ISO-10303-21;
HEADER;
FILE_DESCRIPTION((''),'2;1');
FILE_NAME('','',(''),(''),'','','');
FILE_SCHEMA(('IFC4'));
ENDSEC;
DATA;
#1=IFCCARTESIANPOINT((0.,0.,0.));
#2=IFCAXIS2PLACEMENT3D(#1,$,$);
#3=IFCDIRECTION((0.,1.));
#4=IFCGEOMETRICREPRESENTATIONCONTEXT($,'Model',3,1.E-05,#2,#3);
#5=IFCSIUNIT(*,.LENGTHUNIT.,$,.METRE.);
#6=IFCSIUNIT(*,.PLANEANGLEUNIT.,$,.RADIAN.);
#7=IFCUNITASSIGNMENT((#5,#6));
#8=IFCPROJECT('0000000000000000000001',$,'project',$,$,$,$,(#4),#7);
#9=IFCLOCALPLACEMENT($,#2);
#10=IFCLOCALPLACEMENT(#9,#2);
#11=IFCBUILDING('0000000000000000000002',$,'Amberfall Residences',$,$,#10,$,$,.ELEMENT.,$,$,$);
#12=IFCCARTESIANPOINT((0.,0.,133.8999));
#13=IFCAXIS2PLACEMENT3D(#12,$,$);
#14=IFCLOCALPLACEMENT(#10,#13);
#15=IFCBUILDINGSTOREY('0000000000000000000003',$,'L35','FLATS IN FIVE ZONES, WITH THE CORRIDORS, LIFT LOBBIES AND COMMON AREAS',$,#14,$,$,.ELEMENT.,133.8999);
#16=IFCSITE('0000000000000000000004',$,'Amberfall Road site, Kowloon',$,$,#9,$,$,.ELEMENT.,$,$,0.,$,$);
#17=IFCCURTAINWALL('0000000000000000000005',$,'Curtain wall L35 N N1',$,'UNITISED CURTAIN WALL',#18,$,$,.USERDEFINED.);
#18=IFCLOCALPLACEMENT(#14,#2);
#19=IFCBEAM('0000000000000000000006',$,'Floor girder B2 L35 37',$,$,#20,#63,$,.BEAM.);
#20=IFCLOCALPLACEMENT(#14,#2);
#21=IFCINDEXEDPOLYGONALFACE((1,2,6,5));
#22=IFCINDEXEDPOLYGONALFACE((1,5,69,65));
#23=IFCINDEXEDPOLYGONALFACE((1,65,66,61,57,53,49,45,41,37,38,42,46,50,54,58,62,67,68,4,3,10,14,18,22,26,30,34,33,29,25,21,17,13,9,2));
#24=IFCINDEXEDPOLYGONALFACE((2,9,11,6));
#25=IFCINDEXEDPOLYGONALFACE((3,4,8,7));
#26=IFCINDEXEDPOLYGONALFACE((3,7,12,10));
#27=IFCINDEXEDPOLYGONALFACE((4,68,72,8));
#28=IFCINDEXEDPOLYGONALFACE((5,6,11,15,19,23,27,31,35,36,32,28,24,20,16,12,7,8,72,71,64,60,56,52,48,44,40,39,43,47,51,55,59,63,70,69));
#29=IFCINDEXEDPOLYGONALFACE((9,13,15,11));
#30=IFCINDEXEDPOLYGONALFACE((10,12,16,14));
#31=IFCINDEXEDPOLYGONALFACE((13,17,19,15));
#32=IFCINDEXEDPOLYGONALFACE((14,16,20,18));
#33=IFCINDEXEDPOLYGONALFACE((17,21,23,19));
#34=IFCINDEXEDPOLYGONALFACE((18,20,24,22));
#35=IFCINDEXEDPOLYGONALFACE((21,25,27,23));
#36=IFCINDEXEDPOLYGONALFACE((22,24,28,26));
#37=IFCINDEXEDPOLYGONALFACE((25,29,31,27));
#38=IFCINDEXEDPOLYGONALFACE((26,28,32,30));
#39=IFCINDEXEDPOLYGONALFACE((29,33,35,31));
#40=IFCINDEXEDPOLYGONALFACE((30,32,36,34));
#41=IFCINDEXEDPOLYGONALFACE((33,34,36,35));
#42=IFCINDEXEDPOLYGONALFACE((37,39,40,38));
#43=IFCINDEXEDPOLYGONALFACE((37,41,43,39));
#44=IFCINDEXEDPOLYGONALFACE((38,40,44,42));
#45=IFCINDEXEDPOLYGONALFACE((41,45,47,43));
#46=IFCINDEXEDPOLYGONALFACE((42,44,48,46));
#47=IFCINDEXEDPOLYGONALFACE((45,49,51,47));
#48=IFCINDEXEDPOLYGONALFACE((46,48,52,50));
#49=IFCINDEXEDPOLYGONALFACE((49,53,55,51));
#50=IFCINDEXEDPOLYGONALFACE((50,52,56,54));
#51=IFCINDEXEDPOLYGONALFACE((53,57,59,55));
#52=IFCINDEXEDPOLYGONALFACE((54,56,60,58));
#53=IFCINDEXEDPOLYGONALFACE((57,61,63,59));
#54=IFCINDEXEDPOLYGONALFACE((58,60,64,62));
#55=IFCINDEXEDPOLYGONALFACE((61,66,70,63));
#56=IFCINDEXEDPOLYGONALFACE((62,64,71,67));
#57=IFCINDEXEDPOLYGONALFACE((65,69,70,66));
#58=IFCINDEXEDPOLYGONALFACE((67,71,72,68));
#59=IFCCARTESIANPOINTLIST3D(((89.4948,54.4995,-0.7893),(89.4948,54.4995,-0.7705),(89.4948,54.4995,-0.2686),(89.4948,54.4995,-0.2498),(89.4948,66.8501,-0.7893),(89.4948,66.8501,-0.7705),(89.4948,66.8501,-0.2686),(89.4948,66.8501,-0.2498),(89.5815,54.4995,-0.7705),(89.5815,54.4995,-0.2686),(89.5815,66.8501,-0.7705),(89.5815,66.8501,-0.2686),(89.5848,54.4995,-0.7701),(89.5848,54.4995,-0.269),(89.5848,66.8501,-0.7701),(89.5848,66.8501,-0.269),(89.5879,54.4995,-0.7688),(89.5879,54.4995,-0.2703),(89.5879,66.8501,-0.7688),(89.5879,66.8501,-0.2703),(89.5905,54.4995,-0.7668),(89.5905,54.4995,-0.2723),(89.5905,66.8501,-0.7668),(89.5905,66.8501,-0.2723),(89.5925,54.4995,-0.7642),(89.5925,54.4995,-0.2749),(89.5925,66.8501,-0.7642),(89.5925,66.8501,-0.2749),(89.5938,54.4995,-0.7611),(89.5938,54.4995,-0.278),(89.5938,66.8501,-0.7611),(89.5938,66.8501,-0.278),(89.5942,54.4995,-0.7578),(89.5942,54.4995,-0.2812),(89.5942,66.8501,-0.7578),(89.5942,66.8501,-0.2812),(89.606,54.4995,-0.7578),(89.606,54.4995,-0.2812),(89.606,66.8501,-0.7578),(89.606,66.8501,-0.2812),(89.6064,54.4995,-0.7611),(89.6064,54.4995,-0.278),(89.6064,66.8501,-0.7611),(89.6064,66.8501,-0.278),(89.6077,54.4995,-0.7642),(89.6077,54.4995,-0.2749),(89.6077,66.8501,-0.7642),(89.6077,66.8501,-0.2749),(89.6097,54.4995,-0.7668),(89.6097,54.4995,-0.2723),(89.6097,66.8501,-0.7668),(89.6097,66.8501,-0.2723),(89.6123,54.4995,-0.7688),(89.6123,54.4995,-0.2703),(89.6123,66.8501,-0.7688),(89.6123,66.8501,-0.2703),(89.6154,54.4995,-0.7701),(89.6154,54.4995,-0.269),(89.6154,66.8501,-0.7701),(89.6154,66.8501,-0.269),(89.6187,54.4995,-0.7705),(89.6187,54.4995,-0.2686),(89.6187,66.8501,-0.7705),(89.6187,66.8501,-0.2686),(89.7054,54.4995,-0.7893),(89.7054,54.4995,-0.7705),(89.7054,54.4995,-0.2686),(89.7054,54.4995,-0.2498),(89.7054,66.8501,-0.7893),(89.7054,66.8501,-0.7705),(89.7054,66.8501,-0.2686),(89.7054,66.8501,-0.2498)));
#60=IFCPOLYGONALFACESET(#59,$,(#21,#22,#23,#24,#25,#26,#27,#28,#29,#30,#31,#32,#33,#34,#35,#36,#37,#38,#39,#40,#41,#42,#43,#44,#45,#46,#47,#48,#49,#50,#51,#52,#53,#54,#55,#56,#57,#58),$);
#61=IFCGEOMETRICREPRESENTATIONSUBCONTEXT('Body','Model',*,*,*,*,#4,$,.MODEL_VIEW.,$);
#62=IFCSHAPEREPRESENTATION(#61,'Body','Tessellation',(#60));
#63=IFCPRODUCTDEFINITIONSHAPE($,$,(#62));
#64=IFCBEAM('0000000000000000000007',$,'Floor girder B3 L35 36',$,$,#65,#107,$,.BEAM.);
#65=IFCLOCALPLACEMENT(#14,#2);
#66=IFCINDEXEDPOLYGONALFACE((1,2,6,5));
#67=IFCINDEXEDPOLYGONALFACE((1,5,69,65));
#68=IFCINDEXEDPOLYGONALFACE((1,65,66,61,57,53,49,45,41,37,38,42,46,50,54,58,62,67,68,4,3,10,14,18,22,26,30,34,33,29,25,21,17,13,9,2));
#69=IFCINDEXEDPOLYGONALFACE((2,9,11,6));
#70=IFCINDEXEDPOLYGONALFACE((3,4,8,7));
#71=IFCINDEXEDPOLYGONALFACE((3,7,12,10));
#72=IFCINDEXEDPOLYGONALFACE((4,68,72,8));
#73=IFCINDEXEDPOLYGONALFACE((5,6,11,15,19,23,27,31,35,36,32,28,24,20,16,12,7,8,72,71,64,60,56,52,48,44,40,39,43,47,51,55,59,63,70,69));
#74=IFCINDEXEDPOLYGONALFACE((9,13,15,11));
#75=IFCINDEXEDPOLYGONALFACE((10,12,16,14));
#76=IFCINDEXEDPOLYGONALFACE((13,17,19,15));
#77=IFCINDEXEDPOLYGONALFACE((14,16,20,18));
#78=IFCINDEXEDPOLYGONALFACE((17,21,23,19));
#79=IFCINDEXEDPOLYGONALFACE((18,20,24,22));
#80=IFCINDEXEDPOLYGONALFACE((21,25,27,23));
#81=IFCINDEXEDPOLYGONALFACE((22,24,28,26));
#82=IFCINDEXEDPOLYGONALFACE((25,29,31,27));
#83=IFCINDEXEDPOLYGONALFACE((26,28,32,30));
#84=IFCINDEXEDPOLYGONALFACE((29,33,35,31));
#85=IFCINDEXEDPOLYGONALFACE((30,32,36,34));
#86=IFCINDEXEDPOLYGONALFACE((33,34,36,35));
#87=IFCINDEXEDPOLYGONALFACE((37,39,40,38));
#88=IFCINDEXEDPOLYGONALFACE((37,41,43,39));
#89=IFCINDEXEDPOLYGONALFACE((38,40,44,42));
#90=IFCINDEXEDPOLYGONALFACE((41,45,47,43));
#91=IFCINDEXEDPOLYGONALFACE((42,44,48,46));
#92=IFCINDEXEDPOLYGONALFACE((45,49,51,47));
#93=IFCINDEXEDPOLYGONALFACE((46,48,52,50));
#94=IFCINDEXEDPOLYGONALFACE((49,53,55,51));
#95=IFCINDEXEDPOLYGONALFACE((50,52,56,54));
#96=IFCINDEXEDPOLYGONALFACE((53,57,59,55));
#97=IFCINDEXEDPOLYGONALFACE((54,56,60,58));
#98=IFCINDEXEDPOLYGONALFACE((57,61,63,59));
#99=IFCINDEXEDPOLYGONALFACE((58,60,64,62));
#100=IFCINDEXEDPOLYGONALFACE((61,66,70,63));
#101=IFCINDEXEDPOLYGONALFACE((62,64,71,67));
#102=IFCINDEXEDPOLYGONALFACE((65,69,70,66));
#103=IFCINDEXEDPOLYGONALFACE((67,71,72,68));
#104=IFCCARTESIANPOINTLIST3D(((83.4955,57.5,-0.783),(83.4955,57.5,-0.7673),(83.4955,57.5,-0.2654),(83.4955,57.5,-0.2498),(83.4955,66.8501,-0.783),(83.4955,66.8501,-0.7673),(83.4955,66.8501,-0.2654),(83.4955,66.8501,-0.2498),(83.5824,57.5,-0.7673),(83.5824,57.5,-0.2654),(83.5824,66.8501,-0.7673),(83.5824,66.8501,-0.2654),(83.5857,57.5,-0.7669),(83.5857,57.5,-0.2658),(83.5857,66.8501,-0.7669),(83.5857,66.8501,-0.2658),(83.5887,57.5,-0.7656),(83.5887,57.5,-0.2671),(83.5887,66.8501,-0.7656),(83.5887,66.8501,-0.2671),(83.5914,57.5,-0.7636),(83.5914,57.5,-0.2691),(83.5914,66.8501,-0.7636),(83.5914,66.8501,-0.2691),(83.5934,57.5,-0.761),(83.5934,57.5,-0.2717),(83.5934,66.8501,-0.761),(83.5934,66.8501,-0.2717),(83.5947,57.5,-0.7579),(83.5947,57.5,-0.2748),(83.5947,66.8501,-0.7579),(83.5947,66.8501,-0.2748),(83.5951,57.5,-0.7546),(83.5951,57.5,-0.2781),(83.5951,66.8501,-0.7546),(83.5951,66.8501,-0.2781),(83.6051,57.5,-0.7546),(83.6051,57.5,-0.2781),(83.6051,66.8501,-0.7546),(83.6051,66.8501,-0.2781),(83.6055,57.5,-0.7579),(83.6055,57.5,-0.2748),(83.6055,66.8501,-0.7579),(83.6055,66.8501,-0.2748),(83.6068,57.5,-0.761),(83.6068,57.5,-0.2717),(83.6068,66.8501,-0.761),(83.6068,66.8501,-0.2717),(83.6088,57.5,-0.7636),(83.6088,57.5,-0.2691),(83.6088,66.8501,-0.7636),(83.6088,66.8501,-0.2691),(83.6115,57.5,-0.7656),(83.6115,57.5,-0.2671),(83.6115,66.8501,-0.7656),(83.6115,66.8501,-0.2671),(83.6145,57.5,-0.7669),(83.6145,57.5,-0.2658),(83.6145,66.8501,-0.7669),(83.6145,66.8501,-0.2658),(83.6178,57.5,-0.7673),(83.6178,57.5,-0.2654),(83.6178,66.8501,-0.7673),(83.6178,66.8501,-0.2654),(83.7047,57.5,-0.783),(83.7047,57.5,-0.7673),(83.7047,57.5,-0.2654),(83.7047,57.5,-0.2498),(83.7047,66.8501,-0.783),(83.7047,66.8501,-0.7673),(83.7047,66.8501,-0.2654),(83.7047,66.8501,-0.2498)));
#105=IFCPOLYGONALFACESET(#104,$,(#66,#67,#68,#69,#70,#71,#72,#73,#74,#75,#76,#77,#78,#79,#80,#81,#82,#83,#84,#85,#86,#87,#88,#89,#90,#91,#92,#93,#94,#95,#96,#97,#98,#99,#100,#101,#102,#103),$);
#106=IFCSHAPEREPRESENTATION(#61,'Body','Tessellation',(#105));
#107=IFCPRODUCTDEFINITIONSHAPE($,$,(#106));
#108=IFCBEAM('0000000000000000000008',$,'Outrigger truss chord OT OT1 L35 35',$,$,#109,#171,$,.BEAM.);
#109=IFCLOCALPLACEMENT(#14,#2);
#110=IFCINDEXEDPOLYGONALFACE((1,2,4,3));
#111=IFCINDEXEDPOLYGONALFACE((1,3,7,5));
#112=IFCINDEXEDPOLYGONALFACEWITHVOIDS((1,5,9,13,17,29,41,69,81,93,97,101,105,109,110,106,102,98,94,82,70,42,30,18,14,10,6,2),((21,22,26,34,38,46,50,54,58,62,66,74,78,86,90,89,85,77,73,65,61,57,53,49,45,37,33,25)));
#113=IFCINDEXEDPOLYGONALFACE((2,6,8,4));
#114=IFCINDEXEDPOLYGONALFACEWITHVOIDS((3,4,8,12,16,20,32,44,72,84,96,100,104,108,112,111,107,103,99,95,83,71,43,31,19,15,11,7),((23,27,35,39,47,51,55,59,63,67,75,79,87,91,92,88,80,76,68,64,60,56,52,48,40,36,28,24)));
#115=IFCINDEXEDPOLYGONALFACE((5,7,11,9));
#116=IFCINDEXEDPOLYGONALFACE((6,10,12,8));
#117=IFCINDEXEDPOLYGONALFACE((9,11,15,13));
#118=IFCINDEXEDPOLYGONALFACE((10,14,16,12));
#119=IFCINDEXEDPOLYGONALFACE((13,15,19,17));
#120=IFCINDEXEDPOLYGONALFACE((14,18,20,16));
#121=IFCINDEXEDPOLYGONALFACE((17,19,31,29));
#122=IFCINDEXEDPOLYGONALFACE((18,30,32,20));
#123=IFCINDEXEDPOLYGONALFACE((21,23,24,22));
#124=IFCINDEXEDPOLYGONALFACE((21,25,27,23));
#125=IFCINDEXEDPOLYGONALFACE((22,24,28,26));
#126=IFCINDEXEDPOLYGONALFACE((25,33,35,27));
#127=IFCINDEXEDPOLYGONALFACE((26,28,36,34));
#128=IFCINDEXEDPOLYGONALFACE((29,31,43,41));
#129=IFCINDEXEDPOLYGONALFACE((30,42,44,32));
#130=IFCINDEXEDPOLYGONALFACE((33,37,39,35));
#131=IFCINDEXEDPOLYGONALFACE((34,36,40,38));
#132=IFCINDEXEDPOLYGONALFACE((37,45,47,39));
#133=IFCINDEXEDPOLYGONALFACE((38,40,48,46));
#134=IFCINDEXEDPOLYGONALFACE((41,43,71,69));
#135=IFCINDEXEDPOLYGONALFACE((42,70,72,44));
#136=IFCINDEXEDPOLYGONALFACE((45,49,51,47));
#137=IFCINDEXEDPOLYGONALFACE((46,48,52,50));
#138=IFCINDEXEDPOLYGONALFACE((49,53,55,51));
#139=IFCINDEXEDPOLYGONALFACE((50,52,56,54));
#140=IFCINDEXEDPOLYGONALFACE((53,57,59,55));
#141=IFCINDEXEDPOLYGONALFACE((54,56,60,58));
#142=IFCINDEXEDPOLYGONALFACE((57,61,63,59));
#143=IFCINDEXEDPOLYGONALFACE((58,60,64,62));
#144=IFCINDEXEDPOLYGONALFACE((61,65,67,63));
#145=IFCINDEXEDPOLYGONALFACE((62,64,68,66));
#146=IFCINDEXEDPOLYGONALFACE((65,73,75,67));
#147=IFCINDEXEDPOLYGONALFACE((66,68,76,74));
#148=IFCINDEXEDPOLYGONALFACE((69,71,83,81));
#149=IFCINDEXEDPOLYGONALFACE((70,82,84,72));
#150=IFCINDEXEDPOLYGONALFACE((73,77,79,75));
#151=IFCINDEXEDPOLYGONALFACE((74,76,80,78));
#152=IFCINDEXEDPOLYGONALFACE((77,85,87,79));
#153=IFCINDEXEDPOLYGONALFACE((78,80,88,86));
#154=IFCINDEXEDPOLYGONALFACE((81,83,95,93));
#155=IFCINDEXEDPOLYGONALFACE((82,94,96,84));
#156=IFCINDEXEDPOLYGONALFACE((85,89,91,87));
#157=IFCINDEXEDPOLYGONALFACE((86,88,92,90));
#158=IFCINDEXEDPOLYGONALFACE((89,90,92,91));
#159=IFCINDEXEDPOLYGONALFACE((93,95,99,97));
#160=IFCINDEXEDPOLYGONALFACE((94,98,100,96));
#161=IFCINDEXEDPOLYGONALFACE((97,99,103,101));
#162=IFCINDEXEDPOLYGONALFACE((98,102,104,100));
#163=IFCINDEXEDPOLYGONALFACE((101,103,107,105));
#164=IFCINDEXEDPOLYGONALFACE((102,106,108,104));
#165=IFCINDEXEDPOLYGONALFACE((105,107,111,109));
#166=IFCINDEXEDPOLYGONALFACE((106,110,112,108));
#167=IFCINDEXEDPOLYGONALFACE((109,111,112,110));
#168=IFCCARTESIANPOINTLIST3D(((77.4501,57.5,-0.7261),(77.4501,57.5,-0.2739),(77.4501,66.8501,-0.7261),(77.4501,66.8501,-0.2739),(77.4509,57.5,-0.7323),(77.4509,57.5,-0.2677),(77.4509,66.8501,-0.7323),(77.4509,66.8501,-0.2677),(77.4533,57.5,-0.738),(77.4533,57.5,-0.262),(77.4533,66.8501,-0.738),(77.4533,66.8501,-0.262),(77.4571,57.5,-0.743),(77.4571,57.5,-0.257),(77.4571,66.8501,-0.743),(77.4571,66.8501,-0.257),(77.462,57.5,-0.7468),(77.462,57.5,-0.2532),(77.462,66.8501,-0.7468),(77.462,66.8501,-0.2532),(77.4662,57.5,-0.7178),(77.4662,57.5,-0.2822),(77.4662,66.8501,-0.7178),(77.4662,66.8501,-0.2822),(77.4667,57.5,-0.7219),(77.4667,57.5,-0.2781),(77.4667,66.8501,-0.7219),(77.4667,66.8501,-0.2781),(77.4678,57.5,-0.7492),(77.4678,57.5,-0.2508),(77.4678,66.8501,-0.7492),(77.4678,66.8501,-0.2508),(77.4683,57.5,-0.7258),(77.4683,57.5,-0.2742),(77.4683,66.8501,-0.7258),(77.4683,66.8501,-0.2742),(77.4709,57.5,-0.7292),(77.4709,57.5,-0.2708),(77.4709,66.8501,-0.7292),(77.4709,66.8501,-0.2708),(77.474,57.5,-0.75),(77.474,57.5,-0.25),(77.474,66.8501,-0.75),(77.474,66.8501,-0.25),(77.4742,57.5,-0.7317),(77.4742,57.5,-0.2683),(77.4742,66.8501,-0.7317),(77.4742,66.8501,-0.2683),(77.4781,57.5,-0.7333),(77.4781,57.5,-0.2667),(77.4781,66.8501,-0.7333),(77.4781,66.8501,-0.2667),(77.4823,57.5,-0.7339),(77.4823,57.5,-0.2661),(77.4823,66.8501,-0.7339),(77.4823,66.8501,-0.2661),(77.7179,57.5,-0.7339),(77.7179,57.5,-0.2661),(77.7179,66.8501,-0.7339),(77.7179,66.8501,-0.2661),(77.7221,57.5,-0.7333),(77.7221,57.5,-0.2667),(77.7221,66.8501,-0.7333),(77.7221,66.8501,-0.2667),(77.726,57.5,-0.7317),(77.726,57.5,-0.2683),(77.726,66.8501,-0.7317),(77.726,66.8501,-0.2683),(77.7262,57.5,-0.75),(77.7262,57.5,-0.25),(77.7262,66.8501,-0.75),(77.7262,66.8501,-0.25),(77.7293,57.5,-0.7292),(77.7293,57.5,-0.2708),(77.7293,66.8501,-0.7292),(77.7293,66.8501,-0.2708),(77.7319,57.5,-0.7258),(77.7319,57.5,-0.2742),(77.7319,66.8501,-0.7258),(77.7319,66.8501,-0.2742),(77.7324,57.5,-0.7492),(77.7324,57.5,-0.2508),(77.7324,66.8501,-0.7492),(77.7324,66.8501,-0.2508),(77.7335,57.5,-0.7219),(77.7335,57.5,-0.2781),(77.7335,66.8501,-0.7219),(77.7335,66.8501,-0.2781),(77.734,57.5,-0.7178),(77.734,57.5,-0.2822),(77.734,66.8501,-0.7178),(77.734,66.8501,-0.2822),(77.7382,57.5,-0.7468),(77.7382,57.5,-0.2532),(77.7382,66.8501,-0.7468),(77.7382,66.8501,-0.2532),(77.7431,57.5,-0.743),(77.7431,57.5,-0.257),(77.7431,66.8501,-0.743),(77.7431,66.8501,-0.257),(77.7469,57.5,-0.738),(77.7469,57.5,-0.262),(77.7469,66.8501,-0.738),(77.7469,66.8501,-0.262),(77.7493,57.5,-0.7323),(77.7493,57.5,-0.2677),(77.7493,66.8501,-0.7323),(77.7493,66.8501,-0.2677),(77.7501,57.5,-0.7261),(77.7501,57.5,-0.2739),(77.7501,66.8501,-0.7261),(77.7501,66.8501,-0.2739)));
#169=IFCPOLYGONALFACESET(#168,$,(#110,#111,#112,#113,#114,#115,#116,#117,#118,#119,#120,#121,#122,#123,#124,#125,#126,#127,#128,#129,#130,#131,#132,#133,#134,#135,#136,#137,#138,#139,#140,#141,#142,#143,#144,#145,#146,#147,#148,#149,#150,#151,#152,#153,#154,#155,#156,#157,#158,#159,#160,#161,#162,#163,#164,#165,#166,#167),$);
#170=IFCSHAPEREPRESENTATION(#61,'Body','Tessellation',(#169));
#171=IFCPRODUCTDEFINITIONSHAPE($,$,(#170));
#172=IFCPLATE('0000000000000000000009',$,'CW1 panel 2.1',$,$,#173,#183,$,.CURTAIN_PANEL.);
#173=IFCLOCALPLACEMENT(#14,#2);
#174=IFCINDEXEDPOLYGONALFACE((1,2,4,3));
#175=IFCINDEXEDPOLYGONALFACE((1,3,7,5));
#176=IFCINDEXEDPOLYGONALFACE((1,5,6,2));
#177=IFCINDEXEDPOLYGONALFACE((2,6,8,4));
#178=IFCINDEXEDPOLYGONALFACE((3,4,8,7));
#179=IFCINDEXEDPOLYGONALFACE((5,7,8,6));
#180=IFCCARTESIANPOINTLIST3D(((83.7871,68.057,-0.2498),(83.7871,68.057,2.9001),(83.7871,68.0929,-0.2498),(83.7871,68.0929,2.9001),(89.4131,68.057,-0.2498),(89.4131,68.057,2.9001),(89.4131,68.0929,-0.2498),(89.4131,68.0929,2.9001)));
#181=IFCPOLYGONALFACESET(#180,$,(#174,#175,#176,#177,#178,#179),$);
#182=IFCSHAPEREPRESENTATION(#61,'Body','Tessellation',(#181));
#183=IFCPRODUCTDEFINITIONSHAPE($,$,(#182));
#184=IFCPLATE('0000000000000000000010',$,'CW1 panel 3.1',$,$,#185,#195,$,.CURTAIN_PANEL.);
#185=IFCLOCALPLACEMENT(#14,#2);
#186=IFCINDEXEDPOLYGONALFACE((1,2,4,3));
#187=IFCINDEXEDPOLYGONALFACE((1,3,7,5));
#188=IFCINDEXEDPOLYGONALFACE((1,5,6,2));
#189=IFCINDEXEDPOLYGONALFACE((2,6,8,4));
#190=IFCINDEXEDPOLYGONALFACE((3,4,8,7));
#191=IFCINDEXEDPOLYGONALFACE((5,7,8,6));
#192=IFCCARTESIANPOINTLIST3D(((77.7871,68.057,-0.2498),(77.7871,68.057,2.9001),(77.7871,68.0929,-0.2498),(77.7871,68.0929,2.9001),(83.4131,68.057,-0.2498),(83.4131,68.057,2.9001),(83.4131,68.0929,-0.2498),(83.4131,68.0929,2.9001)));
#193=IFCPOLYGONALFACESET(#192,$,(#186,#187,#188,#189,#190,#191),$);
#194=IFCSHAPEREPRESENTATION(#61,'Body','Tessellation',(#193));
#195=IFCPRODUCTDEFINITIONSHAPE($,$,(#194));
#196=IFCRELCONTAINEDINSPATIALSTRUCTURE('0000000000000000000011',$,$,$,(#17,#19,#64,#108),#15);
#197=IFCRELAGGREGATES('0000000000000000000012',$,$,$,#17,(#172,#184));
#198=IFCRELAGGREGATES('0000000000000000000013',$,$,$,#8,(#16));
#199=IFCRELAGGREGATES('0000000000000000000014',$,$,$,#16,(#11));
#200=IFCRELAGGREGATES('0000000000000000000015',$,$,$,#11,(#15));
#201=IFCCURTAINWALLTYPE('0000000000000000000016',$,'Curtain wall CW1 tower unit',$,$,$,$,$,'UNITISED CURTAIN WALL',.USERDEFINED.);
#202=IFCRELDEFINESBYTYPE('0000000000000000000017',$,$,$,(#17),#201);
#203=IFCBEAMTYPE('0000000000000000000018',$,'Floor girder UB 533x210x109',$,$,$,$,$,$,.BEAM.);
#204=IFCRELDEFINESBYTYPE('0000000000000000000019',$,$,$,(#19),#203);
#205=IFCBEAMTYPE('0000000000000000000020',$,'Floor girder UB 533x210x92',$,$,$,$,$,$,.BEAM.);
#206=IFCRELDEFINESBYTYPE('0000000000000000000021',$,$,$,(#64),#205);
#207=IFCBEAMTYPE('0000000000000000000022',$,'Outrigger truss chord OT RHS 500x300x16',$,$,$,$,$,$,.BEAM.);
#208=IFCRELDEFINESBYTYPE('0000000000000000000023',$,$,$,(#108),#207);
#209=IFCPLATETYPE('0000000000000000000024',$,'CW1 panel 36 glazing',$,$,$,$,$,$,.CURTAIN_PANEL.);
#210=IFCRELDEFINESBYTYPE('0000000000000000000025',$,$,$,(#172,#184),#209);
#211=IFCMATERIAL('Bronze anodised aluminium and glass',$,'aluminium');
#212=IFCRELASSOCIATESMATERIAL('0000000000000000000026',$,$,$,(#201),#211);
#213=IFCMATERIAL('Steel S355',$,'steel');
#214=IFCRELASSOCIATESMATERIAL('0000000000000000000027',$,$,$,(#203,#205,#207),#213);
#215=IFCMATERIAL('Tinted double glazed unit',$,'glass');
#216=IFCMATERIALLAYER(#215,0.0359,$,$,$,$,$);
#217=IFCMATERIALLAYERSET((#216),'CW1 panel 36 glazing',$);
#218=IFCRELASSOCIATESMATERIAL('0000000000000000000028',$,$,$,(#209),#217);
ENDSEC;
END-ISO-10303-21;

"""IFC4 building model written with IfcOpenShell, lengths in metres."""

from ifc_helpers import new_model, si_unit, direction, frame, origin, origin_2d, place, context, subcontext, project, spatial, rectangle, hollow_rectangle, i_section, extrude, material, layer, layer_set, material_profile, profile_set, type_object, element, aggregate, save


model = new_model("IFC4")

# Units and contexts
model_context = context("Model", 3, precision=1e-05, world=origin(), true_north=direction((0.0, 1.0)))
body_context = subcontext(model_context, "Body", "Model", "MODEL_VIEW")
ifc_project = project(units=[si_unit("LENGTHUNIT", "METRE"), si_unit("PLANEANGLEUNIT", "RADIAN")], contexts=[model_context])

# Site, building, storey
site_placement = place(None, origin())
site = spatial("IfcSite", under=ifc_project, at=site_placement, Name="Amberfall Road site, Kowloon", CompositionType="ELEMENT", RefElevation=0.0)
building_placement = place(site_placement, origin())
building = spatial("IfcBuilding", under=site, at=building_placement, Name="Amberfall Residences", CompositionType="ELEMENT")
storey_placement = place(building_placement, frame((0.0, 0.0, 133.8999)))
storey = spatial("IfcBuildingStorey", under=building, at=storey_placement, Name="L35", Description="FLATS IN FIVE ZONES, WITH THE CORRIDORS, LIFT LOBBIES AND COMMON AREAS", CompositionType="ELEMENT", Elevation=133.8999)

# Shared definitions
ifc_material_1 = material(Name="Steel S355", Category="steel")

# Curtain wall
ifc_material_2 = material(Name="Bronze anodised aluminium and glass", Category="aluminium")
curtain_wall_type = type_object("IfcCurtainWallType", Name="Curtain wall CW1 tower unit", ElementType="UNITISED CURTAIN WALL", PredefinedType="USERDEFINED", material=ifc_material_2)
curtain_wall_placement = place(storey_placement, origin())
curtain_wall = element("IfcCurtainWall", 1, at=curtain_wall_placement, inside=storey, type_object=curtain_wall_type, Name="Curtain wall L35 N N1", ObjectType="UNITISED CURTAIN WALL", PredefinedType="USERDEFINED")

# Beams
ifc_material_profile_1 = material_profile(ifc_material_1, i_section(OverallWidth=0.2107, OverallDepth=0.5396, WebThickness=0.0117, FlangeThickness=0.0188, FilletRadius=0.0127, at=origin_2d()), Name="UB 533x210x109")
ifc_profile_set_1 = profile_set([ifc_material_profile_1], Name="Steel S355")
beam_type_1 = type_object("IfcBeamType", Name="Floor girder UB 533x210x109", PredefinedType="BEAM", material=ifc_profile_set_1)
beam_1_placement = place(storey_placement, frame((89.6001, 66.8501, -0.5195), z_axis=(0.0, -1.0, 0.0), x_axis=(1.0, 0.0, 0.0)))
element("IfcBeam", 2, at=beam_1_placement, inside=storey, type_object=beam_type_1, Name="Floor girder B2 L35 37", PredefinedType="BEAM", context=body_context, shape_type="SweptSolid", body=[
    extrude(i_section(OverallWidth=0.2107, OverallDepth=0.5396, WebThickness=0.0117, FlangeThickness=0.0188, FilletRadius=0.0127, at=origin_2d()), origin(), (0.0, 0.0, 1.0), 12.3506),
])
ifc_material_profile_2 = material_profile(ifc_material_1, i_section(OverallWidth=0.2092, OverallDepth=0.5332, WebThickness=0.01, FlangeThickness=0.0156, FilletRadius=0.0127, at=origin_2d()), Name="UB 533x210x92")
ifc_profile_set_2 = profile_set([ifc_material_profile_2], Name="Steel S355")
beam_type_2 = type_object("IfcBeamType", Name="Floor girder UB 533x210x92", PredefinedType="BEAM", material=ifc_profile_set_2)
beam_2_placement = place(storey_placement, frame((83.6001, 66.8501, -0.5164), z_axis=(0.0, -1.0, 0.0), x_axis=(1.0, 0.0, 0.0)))
element("IfcBeam", 3, at=beam_2_placement, inside=storey, type_object=beam_type_2, Name="Floor girder B3 L35 36", PredefinedType="BEAM", context=body_context, shape_type="SweptSolid", body=[
    extrude(i_section(OverallWidth=0.2092, OverallDepth=0.5332, WebThickness=0.01, FlangeThickness=0.0156, FilletRadius=0.0127, at=origin_2d()), origin(), (0.0, 0.0, 1.0), 9.3501),
])
ifc_material_profile_3 = material_profile(ifc_material_1, hollow_rectangle(XDim=0.3, YDim=0.5, WallThickness=0.0161, InnerFilletRadius=0.0161, OuterFilletRadius=0.0239, at=origin_2d()), Name="RHS 500x300x16")
ifc_profile_set_3 = profile_set([ifc_material_profile_3], Name="Steel S355")
beam_type_3 = type_object("IfcBeamType", Name="Outrigger truss chord OT RHS 500x300x16", PredefinedType="BEAM", material=ifc_profile_set_3)
beam_3_placement = place(storey_placement, frame((77.6001, 66.8501, -0.5), z_axis=(0.0, -1.0, 0.0), x_axis=(1.0, 0.0, 0.0)))
element("IfcBeam", 4, at=beam_3_placement, inside=storey, type_object=beam_type_3, Name="Outrigger truss chord OT OT1 L35 35", PredefinedType="BEAM", context=body_context, shape_type="SweptSolid", body=[
    extrude(hollow_rectangle(XDim=0.3, YDim=0.5, WallThickness=0.0161, InnerFilletRadius=0.0161, OuterFilletRadius=0.0239, at=origin_2d()), origin(), (0.0, 0.0, 1.0), 9.3501),
])

# Plates
ifc_material_3 = material(Name="Tinted double glazed unit", Category="glass")
ifc_layer_1 = layer(ifc_material_3, 0.0359)
ifc_layer_set_1 = layer_set([ifc_layer_1], Name="CW1 panel 36 glazing")
plate_type = type_object("IfcPlateType", Name="CW1 panel 36 glazing", PredefinedType="CURTAIN_PANEL", material=ifc_layer_set_1)
plate_1_placement = place(storey_placement, frame((86.6001, 68.075, -0.2498), z_axis=(0.0, 0.0, 1.0), x_axis=(-1.0, 0.0, 0.0)))
plate_1 = element("IfcPlate", 5, at=plate_1_placement, type_object=plate_type, Name="CW1 panel 2.1", PredefinedType="CURTAIN_PANEL", context=body_context, shape_type="SweptSolid", body=[
    extrude(rectangle(XDim=5.626, YDim=0.0359, at=origin_2d()), origin(), (0.0, 0.0, 1.0), 3.1499),
])
plate_2_placement = place(storey_placement, frame((80.6001, 68.075, -0.2498), z_axis=(0.0, 0.0, 1.0), x_axis=(-1.0, 0.0, 0.0)))
plate_2 = element("IfcPlate", 6, at=plate_2_placement, type_object=plate_type, Name="CW1 panel 3.1", PredefinedType="CURTAIN_PANEL", context=body_context, shape_type="SweptSolid", body=[
    extrude(rectangle(XDim=5.626, YDim=0.0359, at=origin_2d()), origin(), (0.0, 0.0, 1.0), 3.1499),
])
aggregate(curtain_wall, [plate_1, plate_2])

save(model, "model.ifc")
